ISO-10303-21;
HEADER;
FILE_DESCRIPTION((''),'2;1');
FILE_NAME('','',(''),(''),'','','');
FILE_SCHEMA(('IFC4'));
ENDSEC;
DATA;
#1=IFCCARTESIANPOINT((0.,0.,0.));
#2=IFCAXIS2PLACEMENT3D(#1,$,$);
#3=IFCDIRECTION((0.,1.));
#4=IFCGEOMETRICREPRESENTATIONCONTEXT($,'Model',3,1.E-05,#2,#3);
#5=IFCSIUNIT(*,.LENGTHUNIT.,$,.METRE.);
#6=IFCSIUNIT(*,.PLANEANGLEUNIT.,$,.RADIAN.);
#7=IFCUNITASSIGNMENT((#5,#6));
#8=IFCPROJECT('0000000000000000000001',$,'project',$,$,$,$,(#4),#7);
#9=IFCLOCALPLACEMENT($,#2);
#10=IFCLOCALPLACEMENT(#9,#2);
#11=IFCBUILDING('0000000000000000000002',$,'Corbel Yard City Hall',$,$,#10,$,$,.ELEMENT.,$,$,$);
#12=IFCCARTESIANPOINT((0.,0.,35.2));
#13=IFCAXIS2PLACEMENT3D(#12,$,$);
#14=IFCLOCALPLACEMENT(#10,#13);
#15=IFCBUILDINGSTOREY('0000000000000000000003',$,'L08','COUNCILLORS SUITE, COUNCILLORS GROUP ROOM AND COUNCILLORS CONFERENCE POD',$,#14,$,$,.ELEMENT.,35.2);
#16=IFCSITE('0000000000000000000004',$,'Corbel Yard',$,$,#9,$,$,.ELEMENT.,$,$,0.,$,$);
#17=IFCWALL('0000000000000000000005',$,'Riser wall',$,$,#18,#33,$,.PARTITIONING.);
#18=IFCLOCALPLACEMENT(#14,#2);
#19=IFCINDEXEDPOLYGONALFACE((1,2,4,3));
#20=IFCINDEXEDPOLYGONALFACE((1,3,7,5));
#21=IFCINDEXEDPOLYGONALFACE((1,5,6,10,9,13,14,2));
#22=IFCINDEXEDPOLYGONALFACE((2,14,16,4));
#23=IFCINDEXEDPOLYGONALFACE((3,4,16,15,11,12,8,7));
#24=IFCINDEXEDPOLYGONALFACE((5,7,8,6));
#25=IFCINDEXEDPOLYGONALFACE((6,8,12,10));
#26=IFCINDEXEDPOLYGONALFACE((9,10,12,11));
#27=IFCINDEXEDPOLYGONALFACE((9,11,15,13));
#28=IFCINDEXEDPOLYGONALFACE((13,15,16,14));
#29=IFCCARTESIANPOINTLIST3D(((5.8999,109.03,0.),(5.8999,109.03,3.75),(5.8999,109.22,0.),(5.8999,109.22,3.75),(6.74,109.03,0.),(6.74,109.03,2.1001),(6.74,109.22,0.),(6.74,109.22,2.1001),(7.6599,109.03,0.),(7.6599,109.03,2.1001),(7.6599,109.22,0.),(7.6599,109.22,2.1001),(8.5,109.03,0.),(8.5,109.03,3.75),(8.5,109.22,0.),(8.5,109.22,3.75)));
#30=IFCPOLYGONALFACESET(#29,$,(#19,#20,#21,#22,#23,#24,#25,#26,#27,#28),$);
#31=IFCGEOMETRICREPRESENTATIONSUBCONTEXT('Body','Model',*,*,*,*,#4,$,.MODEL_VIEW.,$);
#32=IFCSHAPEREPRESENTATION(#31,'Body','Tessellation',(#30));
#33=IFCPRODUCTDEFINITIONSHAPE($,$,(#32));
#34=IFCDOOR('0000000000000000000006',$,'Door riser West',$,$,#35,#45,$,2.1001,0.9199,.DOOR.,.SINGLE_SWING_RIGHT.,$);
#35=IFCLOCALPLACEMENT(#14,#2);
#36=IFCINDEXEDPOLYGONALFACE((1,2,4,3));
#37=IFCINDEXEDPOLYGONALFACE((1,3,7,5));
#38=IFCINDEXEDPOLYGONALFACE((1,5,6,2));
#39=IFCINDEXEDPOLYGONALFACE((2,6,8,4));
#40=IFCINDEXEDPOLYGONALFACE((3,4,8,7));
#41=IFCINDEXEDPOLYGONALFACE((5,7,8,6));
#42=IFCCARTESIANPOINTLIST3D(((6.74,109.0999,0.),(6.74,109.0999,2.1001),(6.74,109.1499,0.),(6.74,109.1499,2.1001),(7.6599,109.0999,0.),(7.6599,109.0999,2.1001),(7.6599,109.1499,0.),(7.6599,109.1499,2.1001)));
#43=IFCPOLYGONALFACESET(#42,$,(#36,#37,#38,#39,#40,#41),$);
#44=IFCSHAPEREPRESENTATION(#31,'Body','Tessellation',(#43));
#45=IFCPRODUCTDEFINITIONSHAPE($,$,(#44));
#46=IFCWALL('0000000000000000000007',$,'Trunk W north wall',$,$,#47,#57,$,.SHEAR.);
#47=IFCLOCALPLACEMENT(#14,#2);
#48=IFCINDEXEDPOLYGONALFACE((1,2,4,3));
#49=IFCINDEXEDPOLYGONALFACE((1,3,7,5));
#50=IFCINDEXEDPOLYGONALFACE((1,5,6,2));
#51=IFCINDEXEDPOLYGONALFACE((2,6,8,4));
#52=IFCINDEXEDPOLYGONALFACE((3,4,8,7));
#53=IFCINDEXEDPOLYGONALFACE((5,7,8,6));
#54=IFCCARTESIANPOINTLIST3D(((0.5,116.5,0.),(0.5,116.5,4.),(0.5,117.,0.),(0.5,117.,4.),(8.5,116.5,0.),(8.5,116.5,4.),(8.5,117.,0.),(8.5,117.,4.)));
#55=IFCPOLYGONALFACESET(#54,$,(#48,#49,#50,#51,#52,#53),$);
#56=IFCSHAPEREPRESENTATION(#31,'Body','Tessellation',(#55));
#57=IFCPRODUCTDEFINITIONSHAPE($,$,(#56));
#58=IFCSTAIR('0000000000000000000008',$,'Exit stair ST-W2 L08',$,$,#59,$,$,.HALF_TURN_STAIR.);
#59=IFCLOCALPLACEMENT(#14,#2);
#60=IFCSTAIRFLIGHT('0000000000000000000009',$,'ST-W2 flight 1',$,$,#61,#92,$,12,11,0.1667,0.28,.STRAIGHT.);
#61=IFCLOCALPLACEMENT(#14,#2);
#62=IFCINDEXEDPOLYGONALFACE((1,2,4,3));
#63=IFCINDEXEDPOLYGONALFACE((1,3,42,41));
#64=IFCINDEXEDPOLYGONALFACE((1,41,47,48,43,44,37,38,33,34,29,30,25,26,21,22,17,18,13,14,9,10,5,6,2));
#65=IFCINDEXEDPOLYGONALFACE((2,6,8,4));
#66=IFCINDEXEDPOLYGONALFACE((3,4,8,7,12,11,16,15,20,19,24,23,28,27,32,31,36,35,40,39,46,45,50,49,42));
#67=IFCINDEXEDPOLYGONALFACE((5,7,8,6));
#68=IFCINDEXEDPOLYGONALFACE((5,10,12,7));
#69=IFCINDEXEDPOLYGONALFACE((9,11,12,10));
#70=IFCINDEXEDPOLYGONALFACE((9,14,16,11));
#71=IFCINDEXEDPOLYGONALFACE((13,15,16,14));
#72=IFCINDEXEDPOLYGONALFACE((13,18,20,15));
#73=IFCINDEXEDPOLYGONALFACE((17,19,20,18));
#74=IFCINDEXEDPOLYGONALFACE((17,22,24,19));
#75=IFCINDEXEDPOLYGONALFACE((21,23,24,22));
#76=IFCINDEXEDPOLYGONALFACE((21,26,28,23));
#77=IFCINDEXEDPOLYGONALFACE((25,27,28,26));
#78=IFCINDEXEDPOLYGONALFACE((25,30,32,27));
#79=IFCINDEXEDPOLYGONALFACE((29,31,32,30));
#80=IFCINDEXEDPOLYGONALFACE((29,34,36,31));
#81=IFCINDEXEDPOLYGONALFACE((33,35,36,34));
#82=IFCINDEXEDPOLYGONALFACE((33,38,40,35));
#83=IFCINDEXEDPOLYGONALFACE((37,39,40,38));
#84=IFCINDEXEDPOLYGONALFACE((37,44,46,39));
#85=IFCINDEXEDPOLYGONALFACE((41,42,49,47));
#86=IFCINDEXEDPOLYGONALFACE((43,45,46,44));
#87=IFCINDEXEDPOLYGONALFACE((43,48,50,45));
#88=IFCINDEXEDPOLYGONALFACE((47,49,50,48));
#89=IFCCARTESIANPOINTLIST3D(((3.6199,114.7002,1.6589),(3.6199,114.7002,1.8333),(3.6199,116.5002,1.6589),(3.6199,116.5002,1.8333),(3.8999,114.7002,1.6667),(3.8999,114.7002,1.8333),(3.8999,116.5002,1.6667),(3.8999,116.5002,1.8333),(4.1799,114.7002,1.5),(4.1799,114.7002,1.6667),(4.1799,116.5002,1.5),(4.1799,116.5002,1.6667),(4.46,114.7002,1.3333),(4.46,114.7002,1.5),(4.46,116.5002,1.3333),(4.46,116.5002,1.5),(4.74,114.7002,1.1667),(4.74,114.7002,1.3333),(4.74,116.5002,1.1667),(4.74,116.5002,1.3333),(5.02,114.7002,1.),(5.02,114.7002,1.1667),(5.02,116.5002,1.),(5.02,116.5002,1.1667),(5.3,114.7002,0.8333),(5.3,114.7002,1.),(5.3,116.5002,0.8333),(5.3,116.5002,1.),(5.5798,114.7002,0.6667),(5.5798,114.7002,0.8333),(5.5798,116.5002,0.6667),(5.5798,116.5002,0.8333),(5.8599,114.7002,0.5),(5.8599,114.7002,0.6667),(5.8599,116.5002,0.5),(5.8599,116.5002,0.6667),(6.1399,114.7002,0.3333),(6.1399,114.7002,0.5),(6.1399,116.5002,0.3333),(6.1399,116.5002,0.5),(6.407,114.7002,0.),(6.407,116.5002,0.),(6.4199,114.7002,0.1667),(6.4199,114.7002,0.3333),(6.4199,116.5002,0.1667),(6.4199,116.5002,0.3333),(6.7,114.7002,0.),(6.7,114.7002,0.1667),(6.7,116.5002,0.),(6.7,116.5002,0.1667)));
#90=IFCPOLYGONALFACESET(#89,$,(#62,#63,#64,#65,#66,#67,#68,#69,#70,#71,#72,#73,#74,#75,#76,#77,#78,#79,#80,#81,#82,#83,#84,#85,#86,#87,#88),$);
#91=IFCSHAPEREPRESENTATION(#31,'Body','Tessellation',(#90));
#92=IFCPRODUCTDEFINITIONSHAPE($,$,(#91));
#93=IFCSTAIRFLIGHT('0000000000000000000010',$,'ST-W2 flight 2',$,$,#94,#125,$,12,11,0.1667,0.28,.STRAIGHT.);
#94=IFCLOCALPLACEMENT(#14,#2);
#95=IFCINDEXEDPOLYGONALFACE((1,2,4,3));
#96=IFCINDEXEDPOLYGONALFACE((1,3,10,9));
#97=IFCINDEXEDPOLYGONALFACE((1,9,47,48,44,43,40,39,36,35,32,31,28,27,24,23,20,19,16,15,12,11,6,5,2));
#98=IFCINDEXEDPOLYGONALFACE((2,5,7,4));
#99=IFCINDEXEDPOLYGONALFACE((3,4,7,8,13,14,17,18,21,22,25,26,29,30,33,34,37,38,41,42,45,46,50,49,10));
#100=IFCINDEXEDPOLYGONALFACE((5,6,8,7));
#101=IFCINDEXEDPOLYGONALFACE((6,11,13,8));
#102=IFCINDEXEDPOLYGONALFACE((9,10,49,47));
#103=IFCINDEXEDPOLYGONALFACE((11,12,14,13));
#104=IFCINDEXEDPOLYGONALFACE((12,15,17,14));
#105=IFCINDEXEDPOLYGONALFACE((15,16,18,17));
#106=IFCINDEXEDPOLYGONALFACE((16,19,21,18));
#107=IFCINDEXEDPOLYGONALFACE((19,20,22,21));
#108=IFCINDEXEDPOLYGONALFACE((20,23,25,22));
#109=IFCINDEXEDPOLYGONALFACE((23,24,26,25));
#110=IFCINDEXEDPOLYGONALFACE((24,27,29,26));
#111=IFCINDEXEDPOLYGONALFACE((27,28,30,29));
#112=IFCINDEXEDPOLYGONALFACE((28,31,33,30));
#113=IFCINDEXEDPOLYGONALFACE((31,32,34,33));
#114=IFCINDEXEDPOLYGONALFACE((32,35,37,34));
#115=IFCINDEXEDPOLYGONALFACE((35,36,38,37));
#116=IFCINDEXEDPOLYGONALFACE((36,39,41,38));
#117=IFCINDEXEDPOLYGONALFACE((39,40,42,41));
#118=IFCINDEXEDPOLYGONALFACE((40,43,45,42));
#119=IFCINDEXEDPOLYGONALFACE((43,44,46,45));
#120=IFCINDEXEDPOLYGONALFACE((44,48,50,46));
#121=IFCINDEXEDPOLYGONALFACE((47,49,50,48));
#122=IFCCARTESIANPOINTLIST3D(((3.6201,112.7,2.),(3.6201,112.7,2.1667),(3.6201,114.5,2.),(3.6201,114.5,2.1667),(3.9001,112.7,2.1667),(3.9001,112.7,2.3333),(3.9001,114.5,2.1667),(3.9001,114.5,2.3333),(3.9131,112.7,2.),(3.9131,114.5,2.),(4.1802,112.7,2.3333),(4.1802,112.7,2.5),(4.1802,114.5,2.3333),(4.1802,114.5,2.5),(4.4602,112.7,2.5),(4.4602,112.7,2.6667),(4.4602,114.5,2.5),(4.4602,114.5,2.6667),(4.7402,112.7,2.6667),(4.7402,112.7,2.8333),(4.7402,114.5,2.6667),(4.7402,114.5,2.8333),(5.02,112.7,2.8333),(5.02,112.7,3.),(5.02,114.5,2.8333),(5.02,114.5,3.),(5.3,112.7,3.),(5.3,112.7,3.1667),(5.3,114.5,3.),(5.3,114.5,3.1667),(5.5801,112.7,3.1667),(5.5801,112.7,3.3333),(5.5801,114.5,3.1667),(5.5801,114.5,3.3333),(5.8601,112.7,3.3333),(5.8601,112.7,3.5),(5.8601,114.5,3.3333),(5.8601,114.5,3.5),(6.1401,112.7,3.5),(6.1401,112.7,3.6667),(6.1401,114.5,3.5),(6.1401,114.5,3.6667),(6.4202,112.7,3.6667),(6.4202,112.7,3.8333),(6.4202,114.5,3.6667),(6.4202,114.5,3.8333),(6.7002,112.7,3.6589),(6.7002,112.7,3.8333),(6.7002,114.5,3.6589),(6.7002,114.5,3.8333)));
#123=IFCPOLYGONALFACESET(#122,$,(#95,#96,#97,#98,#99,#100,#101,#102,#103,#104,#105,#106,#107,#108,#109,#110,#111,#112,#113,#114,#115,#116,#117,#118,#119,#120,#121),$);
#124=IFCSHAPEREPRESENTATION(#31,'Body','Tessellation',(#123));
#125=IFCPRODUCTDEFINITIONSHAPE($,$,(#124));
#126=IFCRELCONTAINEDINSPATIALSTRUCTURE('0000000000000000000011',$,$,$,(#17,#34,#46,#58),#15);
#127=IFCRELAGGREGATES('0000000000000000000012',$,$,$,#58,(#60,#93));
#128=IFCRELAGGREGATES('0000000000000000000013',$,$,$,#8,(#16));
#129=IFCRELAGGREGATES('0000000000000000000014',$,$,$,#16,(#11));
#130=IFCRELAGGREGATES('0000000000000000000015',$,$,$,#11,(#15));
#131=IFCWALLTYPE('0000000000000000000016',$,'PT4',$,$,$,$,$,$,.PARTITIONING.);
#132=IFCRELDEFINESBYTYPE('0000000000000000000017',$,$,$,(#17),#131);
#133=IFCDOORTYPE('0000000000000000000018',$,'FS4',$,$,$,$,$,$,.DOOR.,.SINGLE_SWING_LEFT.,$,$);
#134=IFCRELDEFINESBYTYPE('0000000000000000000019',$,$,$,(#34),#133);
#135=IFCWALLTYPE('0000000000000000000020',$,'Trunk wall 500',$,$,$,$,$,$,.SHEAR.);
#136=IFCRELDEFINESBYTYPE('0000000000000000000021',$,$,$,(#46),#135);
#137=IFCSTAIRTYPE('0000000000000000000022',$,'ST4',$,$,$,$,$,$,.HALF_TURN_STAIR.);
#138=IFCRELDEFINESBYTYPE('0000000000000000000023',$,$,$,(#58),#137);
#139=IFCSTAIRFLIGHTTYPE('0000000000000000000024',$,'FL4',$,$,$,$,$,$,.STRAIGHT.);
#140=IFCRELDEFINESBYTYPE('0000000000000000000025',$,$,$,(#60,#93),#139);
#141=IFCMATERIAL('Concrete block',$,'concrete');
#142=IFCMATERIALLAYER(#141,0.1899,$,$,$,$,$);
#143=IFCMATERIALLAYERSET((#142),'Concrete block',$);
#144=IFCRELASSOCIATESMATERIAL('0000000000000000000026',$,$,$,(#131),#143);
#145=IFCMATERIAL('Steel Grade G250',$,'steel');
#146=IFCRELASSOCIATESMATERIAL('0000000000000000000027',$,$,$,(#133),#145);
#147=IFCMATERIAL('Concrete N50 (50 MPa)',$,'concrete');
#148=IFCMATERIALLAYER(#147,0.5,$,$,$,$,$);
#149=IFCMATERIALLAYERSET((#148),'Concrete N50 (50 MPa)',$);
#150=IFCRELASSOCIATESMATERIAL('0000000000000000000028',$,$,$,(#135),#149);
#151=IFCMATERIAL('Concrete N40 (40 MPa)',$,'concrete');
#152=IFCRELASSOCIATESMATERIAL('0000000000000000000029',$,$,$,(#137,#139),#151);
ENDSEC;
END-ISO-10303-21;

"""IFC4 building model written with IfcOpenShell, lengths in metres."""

from ifc_helpers import new_model, si_unit, direction, frame, frame_2d, origin, place, context, subcontext, project, spatial, polyline, rectangle, outline, extrude, material, layer, layer_set, type_object, element, fill, aggregate, save


model = new_model("IFC4")

# Units and contexts
model_context = context("Model", 3, precision=1e-05, world=origin(), true_north=direction((0.0, 1.0)))
body_context = subcontext(model_context, "Body", "Model", "MODEL_VIEW")
ifc_project = project(units=[si_unit("LENGTHUNIT", "METRE"), si_unit("PLANEANGLEUNIT", "RADIAN")], contexts=[model_context])

# Site, building, storey
site_placement = place(None, origin())
site = spatial("IfcSite", under=ifc_project, at=site_placement, Name="Corbel Yard", CompositionType="ELEMENT", RefElevation=0.0)
building_placement = place(site_placement, origin())
building = spatial("IfcBuilding", under=site, at=building_placement, Name="Corbel Yard City Hall", CompositionType="ELEMENT")
storey_placement = place(building_placement, frame((0.0, 0.0, 35.2)))
storey = spatial("IfcBuildingStorey", under=building, at=storey_placement, Name="L08", Description="COUNCILLORS SUITE, COUNCILLORS GROUP ROOM AND COUNCILLORS CONFERENCE POD", CompositionType="ELEMENT", Elevation=35.2)

# Shared definitions
ifc_material_1 = material(Name="Concrete N40 (40 MPa)", Category="concrete")

# Wall, opening, door
ifc_material_2 = material(Name="Concrete block", Category="concrete")
ifc_layer_1 = layer(ifc_material_2, 0.1899)
ifc_layer_set_1 = layer_set([ifc_layer_1], Name="Concrete block")
wall_type_1 = type_object("IfcWallType", Name="PT4", PredefinedType="PARTITIONING", material=ifc_layer_set_1)
wall_1_placement = place(storey_placement, frame((8.5, 109.125, 0.0), z_axis=(0.0, 0.0, 1.0), x_axis=(-1.0, 0.0, 0.0)))
wall_1 = element("IfcWall", 1, at=wall_1_placement, inside=storey, type_object=wall_type_1, Name="Riser wall", PredefinedType="PARTITIONING", context=body_context, shape_type="SweptSolid", body=[
    extrude(rectangle(XDim=2.6001, YDim=0.1899, at=frame_2d((1.3, 0.0))), origin(), (0.0, 0.0, 1.0), 3.75),
])
opening_1_placement = place(wall_1_placement, frame((0.8401, 0.0, 0.0)))
opening_1 = element("IfcOpeningElement", 2, at=opening_1_placement, cuts=wall_1, PredefinedType="OPENING", context=body_context, shape_type="SweptSolid", body=[
    extrude(rectangle(XDim=0.9199, YDim=2.1001, at=frame_2d((0.46, 1.05))), frame((0.0, 0.105, 0.0), z_axis=(0.0, -1.0, 0.0), x_axis=(1.0, 0.0, 0.0)), (0.0, 0.0, 1.0), 0.21),
])
ifc_material_3 = material(Name="Steel Grade G250", Category="steel")
door_type_1 = type_object("IfcDoorType", Name="FS4", OperationType="SINGLE_SWING_LEFT", PredefinedType="DOOR", material=ifc_material_3)
door_1_placement = place(opening_1_placement, frame((0.9199, 0.0, 0.0), z_axis=(0.0, 0.0, 1.0), x_axis=(-1.0, 0.0, 0.0)))
door_1 = element("IfcDoor", 3, at=door_1_placement, inside=storey, type_object=door_type_1, Name="Door riser West", OperationType="SINGLE_SWING_RIGHT", OverallHeight=2.1001, OverallWidth=0.9199, PredefinedType="DOOR", context=body_context, shape_type="SweptSolid", body=[
    extrude(rectangle(XDim=0.9199, YDim=2.1001, at=frame_2d((0.46, 1.05))), frame((0.0, 0.0249, 0.0), z_axis=(0.0, -1.0, 0.0), x_axis=(1.0, 0.0, 0.0)), (0.0, 0.0, 1.0), 0.05),
])
fill(opening_1, door_1)

# Wall
ifc_material_4 = material(Name="Concrete N50 (50 MPa)", Category="concrete")
ifc_layer_2 = layer(ifc_material_4, 0.5)
ifc_layer_set_2 = layer_set([ifc_layer_2], Name="Concrete N50 (50 MPa)")
wall_type_2 = type_object("IfcWallType", Name="Trunk wall 500", PredefinedType="SHEAR", material=ifc_layer_set_2)
wall_2_placement = place(storey_placement, frame((0.5, 116.75, 0.0), z_axis=(0.0, 0.0, 1.0), x_axis=(1.0, 0.0, 0.0)))
element("IfcWall", 4, at=wall_2_placement, inside=storey, type_object=wall_type_2, Name="Trunk W north wall", PredefinedType="SHEAR", context=body_context, shape_type="SweptSolid", body=[
    extrude(rectangle(XDim=8.0, YDim=0.5, at=frame_2d((4.0, 0.0))), origin(), (0.0, 0.0, 1.0), 4.0),
])

# Stair, stair flights
stair_type = type_object("IfcStairType", Name="ST4", PredefinedType="HALF_TURN_STAIR", material=ifc_material_1)
stair_placement = place(storey_placement, origin())
stair = element("IfcStair", 5, at=stair_placement, inside=storey, type_object=stair_type, Name="Exit stair ST-W2 L08", PredefinedType="HALF_TURN_STAIR")
stair_flight_type = type_object("IfcStairFlightType", Name="FL4", PredefinedType="STRAIGHT", material=ifc_material_1)
stair_flight_1_placement = place(storey_placement, frame((6.7, 115.6001, 0.0), z_axis=(0.0, 0.0, 1.0), x_axis=(-1.0, 0.0, 0.0)))
stair_flight_1 = element("IfcStairFlight", 6, at=stair_flight_1_placement, type_object=stair_flight_type, Name="ST-W2 flight 1", NumberOfRisers=12, NumberOfTreads=11, PredefinedType="STRAIGHT", RiserHeight=0.1667, TreadLength=0.28, context=body_context, shape_type="SweptSolid", body=[
    extrude(outline(polyline([(0.0, 0.0), (0.0, 0.1667), (0.28, 0.1667), (0.28, 0.3333), (0.5601, 0.3333), (0.5601, 0.5), (0.8401, 0.5), (0.8401, 0.6667), (1.1201, 0.6667), (1.1201, 0.8333), (1.3999, 0.8333), (1.3999, 1.0), (1.6799, 1.0), (1.6799, 1.1667), (1.96, 1.1667), (1.96, 1.3333), (2.24, 1.3333), (2.24, 1.5), (2.52, 1.5), (2.52, 1.6667), (2.8, 1.6667), (2.8, 1.8333), (3.0801, 1.8333), (3.0801, 2.0), (3.0801, 1.6589), (0.293, 0.0), (0.0, 0.0)])), frame((0.0, 0.8999, 0.0), z_axis=(0.0, -1.0, 0.0), x_axis=(1.0, 0.0, 0.0)), (0.0, 0.0, 1.0), 1.8),
])
stair_flight_2_placement = place(storey_placement, frame((3.6201, 113.6001, 2.0), z_axis=(0.0, 0.0, 1.0), x_axis=(1.0, 0.0, 0.0)))
stair_flight_2 = element("IfcStairFlight", 7, at=stair_flight_2_placement, type_object=stair_flight_type, Name="ST-W2 flight 2", NumberOfRisers=12, NumberOfTreads=11, PredefinedType="STRAIGHT", RiserHeight=0.1667, TreadLength=0.28, context=body_context, shape_type="SweptSolid", body=[
    extrude(outline(polyline([(0.0, 0.0), (0.0, 0.1667), (0.28, 0.1667), (0.28, 0.3333), (0.5601, 0.3333), (0.5601, 0.5), (0.8401, 0.5), (0.8401, 0.6667), (1.1201, 0.6667), (1.1201, 0.8333), (1.3999, 0.8333), (1.3999, 1.0), (1.6799, 1.0), (1.6799, 1.1667), (1.96, 1.1667), (1.96, 1.3333), (2.24, 1.3333), (2.24, 1.5), (2.52, 1.5), (2.52, 1.6667), (2.8, 1.6667), (2.8, 1.8333), (3.0801, 1.8333), (3.0801, 2.0), (3.0801, 1.6589), (0.293, 0.0), (0.0, 0.0)])), frame((0.0, 0.8999, 0.0), z_axis=(0.0, -1.0, 0.0), x_axis=(1.0, 0.0, 0.0)), (0.0, 0.0, 1.0), 1.8),
])
aggregate(stair, [stair_flight_1, stair_flight_2])

save(model, "model.ifc")
